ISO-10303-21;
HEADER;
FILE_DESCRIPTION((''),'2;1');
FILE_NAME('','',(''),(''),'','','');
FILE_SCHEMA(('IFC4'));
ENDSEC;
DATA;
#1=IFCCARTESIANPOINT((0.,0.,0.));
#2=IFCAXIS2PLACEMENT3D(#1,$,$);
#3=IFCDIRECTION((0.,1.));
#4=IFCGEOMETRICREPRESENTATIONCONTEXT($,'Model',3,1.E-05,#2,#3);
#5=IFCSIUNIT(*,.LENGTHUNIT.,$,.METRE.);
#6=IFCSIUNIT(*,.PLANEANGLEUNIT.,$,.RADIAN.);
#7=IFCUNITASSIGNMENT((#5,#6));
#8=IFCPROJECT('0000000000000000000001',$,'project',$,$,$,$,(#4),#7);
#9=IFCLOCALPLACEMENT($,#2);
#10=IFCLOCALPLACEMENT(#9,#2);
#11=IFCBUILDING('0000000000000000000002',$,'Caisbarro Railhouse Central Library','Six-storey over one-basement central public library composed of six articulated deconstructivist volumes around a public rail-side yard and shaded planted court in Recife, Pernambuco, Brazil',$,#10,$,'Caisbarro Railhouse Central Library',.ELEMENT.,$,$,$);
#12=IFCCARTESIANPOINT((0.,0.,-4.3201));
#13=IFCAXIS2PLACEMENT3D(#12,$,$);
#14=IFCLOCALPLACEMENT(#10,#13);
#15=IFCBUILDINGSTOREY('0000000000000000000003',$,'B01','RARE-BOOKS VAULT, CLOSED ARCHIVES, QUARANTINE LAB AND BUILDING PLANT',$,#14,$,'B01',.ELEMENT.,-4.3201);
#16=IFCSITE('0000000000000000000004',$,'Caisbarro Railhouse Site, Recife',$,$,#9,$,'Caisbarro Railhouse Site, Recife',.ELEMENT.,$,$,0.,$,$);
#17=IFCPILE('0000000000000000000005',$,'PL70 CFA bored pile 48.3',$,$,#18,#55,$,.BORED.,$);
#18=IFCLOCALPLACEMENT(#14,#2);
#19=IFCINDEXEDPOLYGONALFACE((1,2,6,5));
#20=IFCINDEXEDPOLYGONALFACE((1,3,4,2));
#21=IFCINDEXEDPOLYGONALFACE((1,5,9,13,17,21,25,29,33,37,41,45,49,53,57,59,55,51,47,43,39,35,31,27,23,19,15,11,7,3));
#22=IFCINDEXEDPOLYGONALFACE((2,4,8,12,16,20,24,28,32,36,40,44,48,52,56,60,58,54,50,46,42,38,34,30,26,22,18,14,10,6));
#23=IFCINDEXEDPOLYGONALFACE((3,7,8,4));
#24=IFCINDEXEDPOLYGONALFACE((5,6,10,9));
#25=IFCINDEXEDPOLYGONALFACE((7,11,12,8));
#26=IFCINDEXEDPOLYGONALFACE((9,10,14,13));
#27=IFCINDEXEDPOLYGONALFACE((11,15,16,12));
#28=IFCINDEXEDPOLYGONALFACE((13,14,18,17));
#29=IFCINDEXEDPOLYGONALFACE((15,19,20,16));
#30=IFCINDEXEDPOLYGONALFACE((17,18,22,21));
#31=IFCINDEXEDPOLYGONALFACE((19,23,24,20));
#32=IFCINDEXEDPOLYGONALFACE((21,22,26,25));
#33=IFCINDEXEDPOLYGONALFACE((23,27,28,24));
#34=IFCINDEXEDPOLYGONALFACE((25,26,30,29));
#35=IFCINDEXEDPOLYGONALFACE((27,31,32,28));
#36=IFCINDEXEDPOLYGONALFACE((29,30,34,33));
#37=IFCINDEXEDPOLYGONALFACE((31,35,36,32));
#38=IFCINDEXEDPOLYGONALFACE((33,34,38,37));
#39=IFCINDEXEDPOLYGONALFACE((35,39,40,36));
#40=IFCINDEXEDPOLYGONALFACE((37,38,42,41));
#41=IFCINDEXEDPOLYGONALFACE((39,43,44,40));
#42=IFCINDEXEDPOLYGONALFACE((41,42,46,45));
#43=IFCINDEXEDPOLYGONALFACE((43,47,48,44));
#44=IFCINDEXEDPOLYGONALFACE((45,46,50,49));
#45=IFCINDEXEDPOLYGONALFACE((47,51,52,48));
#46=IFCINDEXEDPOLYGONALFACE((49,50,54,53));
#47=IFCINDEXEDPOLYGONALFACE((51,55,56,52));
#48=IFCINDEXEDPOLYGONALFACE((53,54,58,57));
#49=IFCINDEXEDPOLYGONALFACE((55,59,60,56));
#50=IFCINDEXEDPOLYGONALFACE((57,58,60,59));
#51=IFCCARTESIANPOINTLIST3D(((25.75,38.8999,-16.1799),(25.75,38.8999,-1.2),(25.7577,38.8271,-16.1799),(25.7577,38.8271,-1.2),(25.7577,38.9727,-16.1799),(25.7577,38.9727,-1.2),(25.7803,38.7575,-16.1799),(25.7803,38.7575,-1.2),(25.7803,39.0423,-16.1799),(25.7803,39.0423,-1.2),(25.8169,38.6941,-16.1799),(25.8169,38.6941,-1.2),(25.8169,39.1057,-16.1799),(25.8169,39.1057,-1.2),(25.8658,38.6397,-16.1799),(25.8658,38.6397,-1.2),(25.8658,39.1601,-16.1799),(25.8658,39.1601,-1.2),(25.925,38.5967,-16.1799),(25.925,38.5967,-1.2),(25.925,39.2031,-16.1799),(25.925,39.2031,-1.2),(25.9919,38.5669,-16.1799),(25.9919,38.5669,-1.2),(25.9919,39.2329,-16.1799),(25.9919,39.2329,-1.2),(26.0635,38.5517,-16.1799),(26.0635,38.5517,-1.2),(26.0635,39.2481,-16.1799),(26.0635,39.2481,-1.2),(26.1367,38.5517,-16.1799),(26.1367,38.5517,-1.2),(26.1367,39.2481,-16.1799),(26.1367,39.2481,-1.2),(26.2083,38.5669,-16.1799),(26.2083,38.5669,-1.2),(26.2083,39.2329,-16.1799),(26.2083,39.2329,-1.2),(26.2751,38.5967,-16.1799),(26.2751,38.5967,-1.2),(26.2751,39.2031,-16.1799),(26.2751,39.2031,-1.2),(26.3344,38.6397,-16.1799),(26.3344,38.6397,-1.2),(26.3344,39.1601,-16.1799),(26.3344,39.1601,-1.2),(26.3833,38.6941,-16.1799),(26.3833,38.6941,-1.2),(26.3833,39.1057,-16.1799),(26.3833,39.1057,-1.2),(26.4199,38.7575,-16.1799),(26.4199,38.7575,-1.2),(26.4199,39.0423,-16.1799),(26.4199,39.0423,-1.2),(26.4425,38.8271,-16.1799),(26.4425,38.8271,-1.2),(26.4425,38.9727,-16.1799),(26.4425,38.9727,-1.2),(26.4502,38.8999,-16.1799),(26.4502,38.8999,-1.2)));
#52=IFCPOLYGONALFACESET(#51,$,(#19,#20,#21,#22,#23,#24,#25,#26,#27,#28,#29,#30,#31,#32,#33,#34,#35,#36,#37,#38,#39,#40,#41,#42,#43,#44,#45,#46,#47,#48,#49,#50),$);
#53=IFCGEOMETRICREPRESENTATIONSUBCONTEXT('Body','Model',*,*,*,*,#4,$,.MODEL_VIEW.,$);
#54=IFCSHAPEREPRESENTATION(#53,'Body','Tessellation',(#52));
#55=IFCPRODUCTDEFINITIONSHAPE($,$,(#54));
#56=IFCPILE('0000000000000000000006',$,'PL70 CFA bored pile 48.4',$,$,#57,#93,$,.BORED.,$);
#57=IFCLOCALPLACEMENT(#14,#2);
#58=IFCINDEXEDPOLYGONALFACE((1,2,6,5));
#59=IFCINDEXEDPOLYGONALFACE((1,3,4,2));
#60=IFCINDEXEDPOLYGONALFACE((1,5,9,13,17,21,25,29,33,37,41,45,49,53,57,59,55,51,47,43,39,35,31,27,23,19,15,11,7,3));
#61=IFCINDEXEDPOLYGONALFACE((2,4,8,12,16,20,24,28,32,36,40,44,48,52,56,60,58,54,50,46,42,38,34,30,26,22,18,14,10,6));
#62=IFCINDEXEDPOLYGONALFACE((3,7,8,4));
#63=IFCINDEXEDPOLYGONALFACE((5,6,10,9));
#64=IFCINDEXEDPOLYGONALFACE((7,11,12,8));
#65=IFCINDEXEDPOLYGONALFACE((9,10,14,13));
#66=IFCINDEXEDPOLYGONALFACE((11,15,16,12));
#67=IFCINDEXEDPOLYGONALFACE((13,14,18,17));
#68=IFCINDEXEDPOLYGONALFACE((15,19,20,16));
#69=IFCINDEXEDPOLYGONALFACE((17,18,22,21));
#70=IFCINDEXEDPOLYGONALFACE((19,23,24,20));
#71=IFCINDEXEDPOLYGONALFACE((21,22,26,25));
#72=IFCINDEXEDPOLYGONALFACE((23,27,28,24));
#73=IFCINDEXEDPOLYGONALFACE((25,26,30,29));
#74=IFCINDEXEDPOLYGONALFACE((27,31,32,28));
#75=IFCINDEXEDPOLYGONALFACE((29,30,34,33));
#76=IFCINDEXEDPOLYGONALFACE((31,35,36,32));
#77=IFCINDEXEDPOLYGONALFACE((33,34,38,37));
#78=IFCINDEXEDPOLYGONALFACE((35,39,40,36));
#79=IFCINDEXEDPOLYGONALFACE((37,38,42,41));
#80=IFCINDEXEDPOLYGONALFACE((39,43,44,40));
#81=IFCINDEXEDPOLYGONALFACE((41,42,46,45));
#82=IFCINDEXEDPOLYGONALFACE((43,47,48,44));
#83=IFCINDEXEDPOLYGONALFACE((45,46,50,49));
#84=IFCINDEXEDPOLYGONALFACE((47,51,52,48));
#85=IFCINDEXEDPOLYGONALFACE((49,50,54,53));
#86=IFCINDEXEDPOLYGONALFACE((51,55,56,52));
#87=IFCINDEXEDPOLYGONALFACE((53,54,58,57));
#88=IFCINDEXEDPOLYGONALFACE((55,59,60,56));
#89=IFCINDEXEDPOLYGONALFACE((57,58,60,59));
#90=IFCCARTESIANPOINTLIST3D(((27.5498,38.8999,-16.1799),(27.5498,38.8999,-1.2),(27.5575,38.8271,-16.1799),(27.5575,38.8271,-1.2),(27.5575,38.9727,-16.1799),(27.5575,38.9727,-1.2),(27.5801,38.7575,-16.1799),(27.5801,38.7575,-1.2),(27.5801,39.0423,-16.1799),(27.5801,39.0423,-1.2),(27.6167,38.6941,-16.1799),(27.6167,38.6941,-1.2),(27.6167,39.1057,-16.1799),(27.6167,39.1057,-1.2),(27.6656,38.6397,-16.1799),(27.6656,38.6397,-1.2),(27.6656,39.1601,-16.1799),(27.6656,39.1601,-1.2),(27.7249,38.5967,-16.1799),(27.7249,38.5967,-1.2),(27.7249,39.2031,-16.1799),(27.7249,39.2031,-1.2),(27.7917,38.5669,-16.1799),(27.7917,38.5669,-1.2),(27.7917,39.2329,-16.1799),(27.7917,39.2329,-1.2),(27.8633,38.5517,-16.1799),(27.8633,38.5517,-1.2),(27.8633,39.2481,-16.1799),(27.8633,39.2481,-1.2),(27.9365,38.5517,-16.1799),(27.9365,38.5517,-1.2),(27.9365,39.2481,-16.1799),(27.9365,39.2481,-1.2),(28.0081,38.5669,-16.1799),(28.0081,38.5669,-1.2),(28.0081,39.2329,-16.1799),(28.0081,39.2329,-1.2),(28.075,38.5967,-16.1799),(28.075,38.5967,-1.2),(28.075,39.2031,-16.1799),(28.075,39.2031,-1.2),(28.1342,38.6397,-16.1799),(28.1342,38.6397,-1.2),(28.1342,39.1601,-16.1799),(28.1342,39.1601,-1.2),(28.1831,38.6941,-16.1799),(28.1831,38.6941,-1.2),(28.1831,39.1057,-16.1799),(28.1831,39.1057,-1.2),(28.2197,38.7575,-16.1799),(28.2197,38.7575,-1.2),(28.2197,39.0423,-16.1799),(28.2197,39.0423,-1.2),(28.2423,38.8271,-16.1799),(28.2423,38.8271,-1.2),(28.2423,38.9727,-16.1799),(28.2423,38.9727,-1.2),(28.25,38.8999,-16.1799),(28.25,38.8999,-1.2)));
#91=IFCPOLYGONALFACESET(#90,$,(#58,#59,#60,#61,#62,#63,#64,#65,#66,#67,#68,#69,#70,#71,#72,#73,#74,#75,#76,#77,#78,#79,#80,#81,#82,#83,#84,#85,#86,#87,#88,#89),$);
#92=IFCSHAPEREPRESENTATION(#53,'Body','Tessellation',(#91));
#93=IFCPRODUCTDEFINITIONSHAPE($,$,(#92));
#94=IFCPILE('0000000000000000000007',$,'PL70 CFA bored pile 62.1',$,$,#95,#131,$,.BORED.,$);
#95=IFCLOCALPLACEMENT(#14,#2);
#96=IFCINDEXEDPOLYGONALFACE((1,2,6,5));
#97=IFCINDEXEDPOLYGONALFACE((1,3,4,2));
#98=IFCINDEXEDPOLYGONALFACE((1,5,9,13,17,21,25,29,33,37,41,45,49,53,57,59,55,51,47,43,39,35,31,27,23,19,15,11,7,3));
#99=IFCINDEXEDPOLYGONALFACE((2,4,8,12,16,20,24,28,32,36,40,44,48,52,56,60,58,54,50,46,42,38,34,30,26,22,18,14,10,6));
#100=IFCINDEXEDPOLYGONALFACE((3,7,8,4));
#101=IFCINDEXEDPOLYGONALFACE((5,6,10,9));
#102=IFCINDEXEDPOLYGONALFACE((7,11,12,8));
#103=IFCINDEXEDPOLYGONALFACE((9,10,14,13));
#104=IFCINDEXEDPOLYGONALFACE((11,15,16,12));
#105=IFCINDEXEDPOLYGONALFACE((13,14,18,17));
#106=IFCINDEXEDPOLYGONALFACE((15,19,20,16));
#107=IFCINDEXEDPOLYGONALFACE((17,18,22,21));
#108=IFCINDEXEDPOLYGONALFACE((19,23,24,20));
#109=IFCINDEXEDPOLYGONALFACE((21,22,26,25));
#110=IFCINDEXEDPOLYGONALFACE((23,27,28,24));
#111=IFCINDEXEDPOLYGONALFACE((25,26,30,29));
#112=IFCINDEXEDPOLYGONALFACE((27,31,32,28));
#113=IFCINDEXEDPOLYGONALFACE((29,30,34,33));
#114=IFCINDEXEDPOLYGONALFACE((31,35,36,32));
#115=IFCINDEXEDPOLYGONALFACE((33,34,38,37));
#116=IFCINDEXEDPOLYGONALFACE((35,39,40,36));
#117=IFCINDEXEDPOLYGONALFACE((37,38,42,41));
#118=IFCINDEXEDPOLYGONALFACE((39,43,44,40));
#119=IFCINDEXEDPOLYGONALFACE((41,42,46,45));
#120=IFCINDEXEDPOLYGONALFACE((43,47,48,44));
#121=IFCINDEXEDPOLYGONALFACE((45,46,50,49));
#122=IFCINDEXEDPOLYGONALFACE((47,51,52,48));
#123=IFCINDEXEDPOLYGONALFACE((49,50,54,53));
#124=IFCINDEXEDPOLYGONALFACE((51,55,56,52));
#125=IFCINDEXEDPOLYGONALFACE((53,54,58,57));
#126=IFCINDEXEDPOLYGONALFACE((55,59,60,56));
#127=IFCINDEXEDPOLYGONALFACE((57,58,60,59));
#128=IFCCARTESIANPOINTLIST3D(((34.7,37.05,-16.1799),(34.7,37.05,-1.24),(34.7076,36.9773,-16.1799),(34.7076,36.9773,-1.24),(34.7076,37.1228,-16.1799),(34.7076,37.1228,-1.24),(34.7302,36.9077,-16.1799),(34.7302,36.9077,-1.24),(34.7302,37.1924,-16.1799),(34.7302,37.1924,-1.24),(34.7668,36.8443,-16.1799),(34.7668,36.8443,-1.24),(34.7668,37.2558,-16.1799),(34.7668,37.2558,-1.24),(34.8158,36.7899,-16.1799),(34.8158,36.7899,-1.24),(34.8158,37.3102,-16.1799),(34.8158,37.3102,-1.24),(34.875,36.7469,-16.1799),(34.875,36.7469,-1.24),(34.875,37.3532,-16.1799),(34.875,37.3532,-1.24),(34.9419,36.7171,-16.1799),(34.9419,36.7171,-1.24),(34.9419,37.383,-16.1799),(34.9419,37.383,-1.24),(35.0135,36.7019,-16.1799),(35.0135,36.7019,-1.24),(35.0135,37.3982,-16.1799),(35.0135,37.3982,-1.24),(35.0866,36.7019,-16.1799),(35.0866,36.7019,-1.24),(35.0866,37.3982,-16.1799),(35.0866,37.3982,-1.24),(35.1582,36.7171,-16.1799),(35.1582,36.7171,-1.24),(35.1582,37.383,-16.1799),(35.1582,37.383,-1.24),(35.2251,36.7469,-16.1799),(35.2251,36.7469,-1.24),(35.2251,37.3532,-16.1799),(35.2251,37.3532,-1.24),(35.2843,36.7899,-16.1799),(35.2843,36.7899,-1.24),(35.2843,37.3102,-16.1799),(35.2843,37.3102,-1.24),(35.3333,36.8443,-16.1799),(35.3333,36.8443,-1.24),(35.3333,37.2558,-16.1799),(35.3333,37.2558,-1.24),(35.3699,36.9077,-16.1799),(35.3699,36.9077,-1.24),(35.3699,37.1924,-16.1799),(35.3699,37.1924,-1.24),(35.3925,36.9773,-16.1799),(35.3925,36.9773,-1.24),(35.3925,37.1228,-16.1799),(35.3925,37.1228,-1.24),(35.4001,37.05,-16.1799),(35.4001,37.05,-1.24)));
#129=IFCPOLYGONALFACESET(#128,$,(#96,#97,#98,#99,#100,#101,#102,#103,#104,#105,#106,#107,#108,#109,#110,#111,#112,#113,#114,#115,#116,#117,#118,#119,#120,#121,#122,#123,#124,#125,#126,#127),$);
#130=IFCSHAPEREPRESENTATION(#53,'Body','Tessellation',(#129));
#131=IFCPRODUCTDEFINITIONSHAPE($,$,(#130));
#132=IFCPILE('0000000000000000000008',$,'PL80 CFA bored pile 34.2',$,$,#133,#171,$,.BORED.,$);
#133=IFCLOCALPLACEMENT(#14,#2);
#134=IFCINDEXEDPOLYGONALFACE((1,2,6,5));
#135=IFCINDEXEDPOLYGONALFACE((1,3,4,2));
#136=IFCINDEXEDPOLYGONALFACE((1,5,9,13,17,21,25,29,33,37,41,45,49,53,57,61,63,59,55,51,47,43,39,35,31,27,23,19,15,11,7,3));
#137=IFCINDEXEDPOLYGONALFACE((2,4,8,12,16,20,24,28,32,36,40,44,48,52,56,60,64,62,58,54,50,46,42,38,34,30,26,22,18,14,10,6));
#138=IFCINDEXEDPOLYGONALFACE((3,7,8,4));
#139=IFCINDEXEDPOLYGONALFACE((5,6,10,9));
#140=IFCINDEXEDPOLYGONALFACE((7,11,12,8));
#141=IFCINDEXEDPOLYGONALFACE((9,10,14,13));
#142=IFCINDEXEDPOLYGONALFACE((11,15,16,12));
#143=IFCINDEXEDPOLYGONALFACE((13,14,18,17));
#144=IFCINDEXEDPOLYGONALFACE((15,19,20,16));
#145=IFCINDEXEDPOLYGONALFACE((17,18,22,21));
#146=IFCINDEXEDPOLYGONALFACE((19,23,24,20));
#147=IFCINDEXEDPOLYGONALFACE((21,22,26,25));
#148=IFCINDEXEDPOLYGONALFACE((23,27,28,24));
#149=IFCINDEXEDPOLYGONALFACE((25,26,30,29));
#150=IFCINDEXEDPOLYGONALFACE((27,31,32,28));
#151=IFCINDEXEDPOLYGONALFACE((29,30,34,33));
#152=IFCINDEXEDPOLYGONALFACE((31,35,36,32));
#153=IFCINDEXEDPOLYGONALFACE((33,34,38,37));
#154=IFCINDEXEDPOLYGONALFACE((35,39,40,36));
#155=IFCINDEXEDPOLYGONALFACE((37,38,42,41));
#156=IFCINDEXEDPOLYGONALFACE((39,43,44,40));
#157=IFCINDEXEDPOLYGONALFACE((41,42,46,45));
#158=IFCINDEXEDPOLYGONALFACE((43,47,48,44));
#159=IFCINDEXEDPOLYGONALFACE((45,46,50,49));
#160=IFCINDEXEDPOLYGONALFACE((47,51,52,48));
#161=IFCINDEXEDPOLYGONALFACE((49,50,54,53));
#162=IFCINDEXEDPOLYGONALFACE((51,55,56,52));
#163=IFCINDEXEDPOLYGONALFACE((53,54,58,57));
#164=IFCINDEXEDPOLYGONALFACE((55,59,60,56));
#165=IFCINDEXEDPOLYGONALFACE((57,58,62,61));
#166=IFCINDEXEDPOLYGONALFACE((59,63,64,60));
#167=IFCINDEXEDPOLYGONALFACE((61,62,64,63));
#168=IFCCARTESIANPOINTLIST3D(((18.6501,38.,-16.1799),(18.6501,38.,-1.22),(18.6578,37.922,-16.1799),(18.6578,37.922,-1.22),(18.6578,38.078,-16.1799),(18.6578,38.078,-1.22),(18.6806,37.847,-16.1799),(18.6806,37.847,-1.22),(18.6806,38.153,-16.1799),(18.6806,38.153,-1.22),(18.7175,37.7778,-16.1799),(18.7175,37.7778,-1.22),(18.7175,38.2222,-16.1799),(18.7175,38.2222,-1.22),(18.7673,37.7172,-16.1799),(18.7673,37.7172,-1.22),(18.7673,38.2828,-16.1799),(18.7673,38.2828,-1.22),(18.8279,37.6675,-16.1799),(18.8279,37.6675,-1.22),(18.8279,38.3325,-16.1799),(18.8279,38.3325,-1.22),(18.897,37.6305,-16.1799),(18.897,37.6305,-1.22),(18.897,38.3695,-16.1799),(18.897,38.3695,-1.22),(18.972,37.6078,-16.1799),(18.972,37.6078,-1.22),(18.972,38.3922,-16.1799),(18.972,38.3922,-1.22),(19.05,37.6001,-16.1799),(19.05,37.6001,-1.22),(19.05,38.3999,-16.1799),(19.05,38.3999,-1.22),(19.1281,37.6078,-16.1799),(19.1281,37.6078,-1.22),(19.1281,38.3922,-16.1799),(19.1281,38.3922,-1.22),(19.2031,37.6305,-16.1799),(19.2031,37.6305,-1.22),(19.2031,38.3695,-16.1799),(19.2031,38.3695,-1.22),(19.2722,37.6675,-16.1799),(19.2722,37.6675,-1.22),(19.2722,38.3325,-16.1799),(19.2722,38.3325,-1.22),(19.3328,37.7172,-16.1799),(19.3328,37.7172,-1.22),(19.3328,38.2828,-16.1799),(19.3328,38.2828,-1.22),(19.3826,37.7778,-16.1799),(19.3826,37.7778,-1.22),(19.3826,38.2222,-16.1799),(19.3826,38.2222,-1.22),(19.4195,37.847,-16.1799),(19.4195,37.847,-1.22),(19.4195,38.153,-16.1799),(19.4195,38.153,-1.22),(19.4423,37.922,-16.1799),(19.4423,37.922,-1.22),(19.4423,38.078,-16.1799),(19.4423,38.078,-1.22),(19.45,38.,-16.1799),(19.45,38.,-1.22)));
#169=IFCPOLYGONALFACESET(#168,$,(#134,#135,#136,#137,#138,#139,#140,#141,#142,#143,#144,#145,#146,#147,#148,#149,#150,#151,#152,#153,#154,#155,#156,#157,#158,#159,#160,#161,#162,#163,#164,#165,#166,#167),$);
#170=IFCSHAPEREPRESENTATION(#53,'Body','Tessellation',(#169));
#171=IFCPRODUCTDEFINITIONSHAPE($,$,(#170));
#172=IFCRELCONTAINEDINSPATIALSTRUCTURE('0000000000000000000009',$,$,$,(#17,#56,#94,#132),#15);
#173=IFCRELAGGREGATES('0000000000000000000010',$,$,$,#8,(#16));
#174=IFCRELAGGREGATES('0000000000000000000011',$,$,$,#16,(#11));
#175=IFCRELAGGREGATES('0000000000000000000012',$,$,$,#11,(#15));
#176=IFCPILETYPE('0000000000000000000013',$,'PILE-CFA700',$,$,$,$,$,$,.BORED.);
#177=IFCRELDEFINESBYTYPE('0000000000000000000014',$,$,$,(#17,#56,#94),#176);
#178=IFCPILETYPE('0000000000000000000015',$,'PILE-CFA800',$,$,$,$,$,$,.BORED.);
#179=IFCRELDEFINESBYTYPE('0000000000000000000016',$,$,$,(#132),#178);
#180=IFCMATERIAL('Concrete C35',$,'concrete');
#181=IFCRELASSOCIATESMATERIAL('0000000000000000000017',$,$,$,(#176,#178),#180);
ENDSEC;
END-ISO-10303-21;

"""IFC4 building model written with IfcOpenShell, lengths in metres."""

from ifc_helpers import new_model, si_unit, direction, frame, origin, origin_2d, place, context, subcontext, project, spatial, circle, extrude, material, material_profile, profile_set, type_object, element, save


model = new_model("IFC4")

# Units and contexts
model_context = context("Model", 3, precision=1e-05, world=origin(), true_north=direction((0.0, 1.0)))
body_context = subcontext(model_context, "Body", "Model", "MODEL_VIEW")
ifc_project = project(units=[si_unit("LENGTHUNIT", "METRE"), si_unit("PLANEANGLEUNIT", "RADIAN")], contexts=[model_context])

# Site, building, storey
site_placement = place(None, origin())
site = spatial("IfcSite", under=ifc_project, at=site_placement, Name="Caisbarro Railhouse Site, Recife", LongName="Caisbarro Railhouse Site, Recife", CompositionType="ELEMENT", RefElevation=0.0)
building_placement = place(site_placement, origin())
building = spatial("IfcBuilding", under=site, at=building_placement, Name="Caisbarro Railhouse Central Library", Description="Six-storey over one-basement central public library composed of six articulated deconstructivist volumes around a public rail-side yard and shaded planted court in Recife, Pernambuco, Brazil", LongName="Caisbarro Railhouse Central Library", CompositionType="ELEMENT")
storey_placement = place(building_placement, frame((0.0, 0.0, -4.3201)))
storey = spatial("IfcBuildingStorey", under=building, at=storey_placement, Name="B01", Description="RARE-BOOKS VAULT, CLOSED ARCHIVES, QUARANTINE LAB AND BUILDING PLANT", LongName="B01", CompositionType="ELEMENT", Elevation=-4.3201)

# Shared definitions
ifc_material_1 = material(Name="Concrete C35", Category="concrete")

# Piles
ifc_material_profile_1 = material_profile(ifc_material_1, circle(Radius=0.3501, at=origin_2d()), Name="PILE-CFA-700")
ifc_profile_set_1 = profile_set([ifc_material_profile_1], Name="Concrete C35")
pile_type_1 = type_object("IfcPileType", Name="PILE-CFA700", PredefinedType="BORED", material=ifc_profile_set_1)
for number, where, z_axis, x_axis, name in (
    (1, (26.1001, 38.8999, -1.2), (0.0, 0.0, -1.0), (1.0, 0.0, 0.0), "PL70 CFA bored pile 48.3"),
    (2, (27.8999, 38.8999, -1.2), (0.0, 0.0, -1.0), (1.0, 0.0, 0.0), "PL70 CFA bored pile 48.4"),
):
    element("IfcPile", number, at=place(storey_placement, frame(where, z_axis=z_axis, x_axis=x_axis)), inside=storey, type_object=pile_type_1, Name=name, PredefinedType="BORED", context=body_context, shape_type="SweptSolid", body=[
        extrude(circle(Radius=0.3501, at=origin_2d()), origin(), (0.0, 0.0, 1.0), 14.98),
    ])
pile_1_placement = place(storey_placement, frame((35.05, 37.05, -1.24), z_axis=(0.0, 0.0, -1.0), x_axis=(1.0, 0.0, 0.0)))
element("IfcPile", 3, at=pile_1_placement, inside=storey, type_object=pile_type_1, Name="PL70 CFA bored pile 62.1", PredefinedType="BORED", context=body_context, shape_type="SweptSolid", body=[
    extrude(circle(Radius=0.3501, at=origin_2d()), origin(), (0.0, 0.0, 1.0), 14.9399),
])
ifc_material_profile_2 = material_profile(ifc_material_1, circle(Radius=0.3999, at=origin_2d()), Name="PILE-CFA-800")
ifc_profile_set_2 = profile_set([ifc_material_profile_2], Name="Concrete C35")
pile_type_2 = type_object("IfcPileType", Name="PILE-CFA800", PredefinedType="BORED", material=ifc_profile_set_2)
for number, where, z_axis, x_axis, name in (
    (4, (19.05, 38.0, -1.22), (0.0, 0.0, -1.0), (1.0, 0.0, 0.0), "PL80 CFA bored pile 34.2"),
):
    element("IfcPile", number, at=place(storey_placement, frame(where, z_axis=z_axis, x_axis=x_axis)), inside=storey, type_object=pile_type_2, Name=name, PredefinedType="BORED", context=body_context, shape_type="SweptSolid", body=[
        extrude(circle(Radius=0.3999, at=origin_2d()), origin(), (0.0, 0.0, 1.0), 14.96),
    ])

save(model, "model.ifc")
